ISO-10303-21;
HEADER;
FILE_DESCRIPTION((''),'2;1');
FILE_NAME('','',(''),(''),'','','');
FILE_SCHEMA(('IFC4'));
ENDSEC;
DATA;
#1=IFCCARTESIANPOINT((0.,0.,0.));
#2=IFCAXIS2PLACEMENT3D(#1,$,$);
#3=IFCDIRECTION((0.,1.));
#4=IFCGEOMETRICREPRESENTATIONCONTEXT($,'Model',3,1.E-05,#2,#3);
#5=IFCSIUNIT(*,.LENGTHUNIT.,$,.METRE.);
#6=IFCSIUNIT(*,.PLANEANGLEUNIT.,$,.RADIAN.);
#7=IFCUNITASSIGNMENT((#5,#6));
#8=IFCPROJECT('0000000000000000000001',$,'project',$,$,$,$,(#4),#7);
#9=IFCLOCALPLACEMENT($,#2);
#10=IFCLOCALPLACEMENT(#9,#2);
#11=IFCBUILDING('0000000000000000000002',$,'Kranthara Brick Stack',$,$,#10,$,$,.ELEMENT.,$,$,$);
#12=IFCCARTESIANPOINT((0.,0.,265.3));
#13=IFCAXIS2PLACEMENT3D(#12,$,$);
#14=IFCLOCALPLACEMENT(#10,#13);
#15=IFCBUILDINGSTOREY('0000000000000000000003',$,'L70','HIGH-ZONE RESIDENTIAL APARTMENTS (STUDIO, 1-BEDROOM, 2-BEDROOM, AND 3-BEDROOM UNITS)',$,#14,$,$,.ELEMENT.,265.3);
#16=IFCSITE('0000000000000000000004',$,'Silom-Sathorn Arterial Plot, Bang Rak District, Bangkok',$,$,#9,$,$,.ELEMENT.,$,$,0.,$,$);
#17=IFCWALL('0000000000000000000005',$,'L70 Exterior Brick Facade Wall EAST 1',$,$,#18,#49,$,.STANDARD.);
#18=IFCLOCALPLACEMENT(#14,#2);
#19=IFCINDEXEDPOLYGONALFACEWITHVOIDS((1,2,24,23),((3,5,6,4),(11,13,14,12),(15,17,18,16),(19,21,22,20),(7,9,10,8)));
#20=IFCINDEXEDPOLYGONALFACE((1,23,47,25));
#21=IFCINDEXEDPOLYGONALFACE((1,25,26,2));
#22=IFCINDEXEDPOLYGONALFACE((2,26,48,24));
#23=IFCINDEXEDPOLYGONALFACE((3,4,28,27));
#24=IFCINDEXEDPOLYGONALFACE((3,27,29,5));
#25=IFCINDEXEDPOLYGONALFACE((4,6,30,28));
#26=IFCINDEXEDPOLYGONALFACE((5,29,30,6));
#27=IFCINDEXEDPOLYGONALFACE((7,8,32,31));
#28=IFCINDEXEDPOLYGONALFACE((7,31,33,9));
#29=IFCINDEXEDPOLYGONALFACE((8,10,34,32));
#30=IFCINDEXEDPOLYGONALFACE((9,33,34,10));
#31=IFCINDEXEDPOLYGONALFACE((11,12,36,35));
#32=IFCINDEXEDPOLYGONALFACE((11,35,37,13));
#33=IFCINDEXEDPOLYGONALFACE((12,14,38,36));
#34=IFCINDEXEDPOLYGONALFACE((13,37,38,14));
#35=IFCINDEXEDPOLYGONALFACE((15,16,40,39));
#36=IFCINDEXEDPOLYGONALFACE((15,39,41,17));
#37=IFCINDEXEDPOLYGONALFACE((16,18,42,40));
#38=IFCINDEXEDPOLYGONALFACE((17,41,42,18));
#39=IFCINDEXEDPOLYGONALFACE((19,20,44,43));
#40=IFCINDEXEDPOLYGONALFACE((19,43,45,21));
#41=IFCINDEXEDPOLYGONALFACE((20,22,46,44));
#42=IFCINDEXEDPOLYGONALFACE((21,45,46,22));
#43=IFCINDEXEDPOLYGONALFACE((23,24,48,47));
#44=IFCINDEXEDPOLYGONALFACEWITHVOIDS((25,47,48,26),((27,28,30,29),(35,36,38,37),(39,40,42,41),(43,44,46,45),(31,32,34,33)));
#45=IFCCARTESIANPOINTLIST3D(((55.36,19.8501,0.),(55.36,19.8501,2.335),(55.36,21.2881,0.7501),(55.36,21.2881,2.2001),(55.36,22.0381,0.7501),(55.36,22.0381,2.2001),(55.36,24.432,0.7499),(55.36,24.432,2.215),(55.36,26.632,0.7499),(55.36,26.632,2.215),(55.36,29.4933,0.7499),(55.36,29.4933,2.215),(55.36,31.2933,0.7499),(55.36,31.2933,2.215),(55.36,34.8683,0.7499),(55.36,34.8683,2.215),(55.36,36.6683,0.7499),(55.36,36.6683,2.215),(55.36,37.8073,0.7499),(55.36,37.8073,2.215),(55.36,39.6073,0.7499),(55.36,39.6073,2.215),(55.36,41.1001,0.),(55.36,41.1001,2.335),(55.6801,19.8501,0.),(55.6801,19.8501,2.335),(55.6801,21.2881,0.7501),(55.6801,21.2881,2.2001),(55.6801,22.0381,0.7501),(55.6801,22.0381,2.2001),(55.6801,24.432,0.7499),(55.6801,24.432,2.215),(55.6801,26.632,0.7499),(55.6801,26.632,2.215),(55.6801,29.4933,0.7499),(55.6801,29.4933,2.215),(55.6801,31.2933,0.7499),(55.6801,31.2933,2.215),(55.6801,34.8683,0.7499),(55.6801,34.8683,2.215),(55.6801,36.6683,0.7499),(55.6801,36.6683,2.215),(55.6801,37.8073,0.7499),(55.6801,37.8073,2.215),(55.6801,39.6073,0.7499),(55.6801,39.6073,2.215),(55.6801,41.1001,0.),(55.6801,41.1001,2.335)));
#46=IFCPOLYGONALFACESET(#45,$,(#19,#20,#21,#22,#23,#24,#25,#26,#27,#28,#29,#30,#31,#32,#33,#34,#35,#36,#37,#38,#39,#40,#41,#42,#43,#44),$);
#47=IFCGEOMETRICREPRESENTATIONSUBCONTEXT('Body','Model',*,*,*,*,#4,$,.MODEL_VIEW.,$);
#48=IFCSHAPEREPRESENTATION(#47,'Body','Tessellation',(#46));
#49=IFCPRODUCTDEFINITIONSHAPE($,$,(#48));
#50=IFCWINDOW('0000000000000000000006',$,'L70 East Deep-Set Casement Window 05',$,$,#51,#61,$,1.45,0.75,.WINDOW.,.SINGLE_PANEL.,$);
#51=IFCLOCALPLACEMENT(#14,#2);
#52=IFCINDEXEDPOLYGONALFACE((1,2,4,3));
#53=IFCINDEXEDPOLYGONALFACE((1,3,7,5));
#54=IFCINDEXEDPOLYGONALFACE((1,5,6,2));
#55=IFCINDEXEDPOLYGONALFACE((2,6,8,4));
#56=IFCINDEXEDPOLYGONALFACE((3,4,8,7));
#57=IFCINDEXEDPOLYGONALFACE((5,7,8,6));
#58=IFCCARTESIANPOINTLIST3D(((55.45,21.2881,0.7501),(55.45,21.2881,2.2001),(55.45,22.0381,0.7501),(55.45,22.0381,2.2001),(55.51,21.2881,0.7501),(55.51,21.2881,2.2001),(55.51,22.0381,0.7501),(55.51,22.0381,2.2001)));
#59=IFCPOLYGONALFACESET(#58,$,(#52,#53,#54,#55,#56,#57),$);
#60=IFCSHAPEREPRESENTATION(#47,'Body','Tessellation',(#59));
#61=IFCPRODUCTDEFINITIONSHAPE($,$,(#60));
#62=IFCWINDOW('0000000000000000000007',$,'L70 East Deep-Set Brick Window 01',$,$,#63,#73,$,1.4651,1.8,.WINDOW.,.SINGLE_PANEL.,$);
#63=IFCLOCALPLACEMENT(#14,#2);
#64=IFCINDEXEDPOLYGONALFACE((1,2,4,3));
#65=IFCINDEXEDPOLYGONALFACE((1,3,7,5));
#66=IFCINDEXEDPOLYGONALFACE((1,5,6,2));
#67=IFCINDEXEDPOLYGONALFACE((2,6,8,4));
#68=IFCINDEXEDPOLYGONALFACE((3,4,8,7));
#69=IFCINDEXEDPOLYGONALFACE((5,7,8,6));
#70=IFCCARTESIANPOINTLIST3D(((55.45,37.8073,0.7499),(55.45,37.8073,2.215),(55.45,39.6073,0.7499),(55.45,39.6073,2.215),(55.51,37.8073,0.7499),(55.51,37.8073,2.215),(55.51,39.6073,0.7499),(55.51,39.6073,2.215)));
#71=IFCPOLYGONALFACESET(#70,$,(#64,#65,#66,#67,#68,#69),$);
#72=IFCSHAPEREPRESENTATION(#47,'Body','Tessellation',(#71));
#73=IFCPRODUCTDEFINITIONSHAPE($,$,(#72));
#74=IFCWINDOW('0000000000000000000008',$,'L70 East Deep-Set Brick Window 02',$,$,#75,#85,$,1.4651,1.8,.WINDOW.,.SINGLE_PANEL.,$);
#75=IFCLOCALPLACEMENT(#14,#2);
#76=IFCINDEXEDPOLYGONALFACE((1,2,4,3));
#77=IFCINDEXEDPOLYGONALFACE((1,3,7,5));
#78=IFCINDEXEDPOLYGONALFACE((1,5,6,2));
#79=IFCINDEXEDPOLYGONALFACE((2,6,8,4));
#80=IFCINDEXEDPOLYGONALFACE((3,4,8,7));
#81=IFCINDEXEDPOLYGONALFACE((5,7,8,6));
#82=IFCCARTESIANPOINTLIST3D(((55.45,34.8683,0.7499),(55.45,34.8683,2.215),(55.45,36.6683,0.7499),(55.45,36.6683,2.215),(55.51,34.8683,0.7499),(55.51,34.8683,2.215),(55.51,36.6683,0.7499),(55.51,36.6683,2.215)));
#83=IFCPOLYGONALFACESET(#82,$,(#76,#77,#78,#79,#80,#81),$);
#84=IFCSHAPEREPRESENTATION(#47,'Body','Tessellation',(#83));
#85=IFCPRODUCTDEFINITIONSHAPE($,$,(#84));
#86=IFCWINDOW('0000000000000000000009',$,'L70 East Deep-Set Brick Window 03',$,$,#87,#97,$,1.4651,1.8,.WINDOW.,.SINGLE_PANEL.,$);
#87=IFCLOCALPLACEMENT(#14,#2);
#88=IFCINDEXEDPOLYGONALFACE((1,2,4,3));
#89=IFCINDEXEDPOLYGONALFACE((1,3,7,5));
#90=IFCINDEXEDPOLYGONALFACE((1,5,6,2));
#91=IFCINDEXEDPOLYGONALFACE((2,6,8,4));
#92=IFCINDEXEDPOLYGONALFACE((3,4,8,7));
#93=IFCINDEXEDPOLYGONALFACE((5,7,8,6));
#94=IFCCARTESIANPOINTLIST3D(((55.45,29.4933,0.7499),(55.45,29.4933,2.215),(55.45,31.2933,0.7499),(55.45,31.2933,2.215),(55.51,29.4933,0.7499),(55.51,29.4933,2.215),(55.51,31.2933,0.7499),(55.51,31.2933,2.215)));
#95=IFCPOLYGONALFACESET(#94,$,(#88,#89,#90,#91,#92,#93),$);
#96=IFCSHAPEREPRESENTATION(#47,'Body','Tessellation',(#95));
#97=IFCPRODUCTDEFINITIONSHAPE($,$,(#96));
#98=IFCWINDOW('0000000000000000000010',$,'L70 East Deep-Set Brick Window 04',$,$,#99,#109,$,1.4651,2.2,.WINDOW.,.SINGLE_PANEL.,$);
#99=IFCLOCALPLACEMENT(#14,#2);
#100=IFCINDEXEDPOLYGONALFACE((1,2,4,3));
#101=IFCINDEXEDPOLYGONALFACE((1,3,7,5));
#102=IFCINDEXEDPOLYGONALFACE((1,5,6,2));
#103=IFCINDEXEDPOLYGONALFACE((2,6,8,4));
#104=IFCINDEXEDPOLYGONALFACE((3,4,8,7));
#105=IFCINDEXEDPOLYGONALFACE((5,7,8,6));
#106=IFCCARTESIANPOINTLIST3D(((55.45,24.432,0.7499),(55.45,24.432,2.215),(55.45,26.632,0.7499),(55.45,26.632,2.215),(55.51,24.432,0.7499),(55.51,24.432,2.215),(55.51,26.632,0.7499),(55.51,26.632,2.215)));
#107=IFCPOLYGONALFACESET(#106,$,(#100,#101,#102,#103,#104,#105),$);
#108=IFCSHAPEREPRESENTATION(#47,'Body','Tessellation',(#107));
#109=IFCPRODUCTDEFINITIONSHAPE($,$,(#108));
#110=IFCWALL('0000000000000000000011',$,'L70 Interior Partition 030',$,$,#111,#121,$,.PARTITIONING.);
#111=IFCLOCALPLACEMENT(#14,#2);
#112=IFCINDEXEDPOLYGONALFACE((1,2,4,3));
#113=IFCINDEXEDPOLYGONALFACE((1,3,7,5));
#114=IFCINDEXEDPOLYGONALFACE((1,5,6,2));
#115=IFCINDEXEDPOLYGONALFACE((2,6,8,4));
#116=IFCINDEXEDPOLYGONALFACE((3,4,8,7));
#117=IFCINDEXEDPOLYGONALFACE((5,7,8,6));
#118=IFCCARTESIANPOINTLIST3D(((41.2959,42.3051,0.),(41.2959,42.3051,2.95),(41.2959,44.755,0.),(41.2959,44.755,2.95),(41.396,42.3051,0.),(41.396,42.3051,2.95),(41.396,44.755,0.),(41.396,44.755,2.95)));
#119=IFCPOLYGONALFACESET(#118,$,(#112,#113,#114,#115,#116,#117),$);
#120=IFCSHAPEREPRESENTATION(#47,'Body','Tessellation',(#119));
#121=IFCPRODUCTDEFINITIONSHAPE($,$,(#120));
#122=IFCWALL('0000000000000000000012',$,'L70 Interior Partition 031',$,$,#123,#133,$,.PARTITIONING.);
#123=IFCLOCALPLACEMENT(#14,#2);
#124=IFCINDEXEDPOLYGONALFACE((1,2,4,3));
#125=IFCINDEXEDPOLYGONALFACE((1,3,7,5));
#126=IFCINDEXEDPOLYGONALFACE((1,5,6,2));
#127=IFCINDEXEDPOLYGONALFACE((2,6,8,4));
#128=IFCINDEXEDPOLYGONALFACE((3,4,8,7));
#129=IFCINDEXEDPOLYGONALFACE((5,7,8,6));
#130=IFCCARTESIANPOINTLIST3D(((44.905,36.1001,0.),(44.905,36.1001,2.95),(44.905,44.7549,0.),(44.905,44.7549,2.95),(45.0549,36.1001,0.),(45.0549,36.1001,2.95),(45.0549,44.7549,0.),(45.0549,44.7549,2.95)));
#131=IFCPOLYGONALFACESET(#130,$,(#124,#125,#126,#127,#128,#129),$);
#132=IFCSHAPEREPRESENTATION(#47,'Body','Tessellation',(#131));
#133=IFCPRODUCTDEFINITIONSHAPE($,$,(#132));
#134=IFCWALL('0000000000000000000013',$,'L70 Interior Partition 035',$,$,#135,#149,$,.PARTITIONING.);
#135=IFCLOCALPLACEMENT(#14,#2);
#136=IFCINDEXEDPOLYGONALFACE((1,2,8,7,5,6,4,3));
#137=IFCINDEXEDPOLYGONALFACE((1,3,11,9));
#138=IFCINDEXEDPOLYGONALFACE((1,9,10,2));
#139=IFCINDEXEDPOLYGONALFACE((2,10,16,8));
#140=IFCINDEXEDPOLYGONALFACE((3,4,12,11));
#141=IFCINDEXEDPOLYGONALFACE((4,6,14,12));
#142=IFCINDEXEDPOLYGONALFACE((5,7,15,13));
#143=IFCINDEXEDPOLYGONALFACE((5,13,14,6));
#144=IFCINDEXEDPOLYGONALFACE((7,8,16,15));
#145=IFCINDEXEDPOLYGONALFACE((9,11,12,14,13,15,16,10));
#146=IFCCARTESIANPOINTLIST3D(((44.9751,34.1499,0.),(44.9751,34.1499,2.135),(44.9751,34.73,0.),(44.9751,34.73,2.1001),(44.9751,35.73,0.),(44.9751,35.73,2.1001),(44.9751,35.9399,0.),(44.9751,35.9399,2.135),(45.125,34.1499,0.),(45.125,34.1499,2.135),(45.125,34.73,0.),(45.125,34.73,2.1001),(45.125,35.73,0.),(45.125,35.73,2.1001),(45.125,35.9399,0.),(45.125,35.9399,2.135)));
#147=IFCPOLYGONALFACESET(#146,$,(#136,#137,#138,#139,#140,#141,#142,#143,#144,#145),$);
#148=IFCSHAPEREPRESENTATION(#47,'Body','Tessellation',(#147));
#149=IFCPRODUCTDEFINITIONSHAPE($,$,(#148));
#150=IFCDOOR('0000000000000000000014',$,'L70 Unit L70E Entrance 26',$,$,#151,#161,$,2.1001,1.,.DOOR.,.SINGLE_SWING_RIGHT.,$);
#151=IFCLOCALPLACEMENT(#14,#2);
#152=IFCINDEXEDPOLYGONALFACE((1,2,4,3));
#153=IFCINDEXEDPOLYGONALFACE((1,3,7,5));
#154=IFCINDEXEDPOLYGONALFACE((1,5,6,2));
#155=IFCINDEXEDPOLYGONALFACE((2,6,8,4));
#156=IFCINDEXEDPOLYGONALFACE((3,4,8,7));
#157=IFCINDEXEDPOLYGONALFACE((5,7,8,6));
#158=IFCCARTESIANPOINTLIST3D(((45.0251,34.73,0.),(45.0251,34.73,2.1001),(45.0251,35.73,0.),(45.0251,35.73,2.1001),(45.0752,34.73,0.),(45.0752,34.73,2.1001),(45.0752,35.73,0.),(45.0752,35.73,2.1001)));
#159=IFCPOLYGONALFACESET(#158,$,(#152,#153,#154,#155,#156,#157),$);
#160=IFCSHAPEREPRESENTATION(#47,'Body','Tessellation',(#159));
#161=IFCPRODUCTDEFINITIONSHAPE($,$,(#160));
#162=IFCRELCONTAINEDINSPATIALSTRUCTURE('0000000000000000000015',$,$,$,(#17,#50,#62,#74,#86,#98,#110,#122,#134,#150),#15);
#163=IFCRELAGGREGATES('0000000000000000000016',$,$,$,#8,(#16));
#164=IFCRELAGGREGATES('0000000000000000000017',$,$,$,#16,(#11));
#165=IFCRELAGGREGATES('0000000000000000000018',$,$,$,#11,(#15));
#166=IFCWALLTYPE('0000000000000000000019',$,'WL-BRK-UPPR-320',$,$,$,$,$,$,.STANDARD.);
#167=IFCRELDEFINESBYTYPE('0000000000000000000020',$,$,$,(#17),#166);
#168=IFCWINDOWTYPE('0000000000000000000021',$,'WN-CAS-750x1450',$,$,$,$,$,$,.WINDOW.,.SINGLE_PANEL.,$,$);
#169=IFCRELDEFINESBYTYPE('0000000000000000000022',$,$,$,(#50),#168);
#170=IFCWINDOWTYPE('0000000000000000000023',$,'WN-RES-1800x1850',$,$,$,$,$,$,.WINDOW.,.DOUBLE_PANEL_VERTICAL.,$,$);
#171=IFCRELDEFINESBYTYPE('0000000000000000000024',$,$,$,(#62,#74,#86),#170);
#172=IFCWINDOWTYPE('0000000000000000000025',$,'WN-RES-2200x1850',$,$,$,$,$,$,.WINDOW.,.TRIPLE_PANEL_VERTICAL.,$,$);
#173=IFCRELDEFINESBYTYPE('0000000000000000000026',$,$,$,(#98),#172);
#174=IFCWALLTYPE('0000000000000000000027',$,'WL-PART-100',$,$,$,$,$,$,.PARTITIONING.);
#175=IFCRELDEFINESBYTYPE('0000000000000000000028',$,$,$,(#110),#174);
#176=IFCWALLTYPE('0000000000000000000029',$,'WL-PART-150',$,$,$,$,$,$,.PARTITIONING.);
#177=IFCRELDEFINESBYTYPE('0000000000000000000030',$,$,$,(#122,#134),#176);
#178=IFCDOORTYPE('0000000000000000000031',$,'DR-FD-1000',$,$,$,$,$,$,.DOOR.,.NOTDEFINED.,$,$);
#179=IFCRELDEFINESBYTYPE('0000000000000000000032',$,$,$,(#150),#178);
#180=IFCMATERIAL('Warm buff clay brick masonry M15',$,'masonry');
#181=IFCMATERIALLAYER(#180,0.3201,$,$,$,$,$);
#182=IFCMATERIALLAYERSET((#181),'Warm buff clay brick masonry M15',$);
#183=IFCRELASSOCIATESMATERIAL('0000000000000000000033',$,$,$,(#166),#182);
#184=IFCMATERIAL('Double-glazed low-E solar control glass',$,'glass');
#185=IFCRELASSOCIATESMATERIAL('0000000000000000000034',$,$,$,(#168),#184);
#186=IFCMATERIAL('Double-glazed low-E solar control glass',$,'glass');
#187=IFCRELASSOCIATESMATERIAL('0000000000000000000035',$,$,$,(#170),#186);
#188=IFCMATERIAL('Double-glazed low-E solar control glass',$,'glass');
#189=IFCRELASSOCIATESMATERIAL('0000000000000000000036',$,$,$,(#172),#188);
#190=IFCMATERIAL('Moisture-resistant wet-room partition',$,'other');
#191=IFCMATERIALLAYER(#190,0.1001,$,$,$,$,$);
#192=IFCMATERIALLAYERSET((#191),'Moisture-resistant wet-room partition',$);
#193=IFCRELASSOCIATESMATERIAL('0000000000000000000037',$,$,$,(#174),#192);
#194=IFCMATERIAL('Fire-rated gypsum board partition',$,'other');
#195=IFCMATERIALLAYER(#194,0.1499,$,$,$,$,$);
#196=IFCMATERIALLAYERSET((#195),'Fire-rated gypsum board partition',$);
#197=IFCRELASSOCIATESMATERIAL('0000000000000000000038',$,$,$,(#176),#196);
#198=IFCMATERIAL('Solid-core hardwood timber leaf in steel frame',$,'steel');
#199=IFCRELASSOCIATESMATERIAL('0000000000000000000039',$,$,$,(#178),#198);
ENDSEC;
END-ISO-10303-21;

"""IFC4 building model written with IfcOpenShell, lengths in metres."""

from ifc_helpers import new_model, si_unit, direction, frame, frame_2d, origin, place, context, subcontext, project, spatial, rectangle, extrude, material, layer, layer_set, type_object, element, fill, save


model = new_model("IFC4")

# Units and contexts
model_context = context("Model", 3, precision=1e-05, world=origin(), true_north=direction((0.0, 1.0)))
body_context = subcontext(model_context, "Body", "Model", "MODEL_VIEW")
ifc_project = project(units=[si_unit("LENGTHUNIT", "METRE"), si_unit("PLANEANGLEUNIT", "RADIAN")], contexts=[model_context])

# Site, building, storey
site_placement = place(None, origin())
site = spatial("IfcSite", under=ifc_project, at=site_placement, Name="Silom-Sathorn Arterial Plot, Bang Rak District, Bangkok", CompositionType="ELEMENT", RefElevation=0.0)
building_placement = place(site_placement, origin())
building = spatial("IfcBuilding", under=site, at=building_placement, Name="Kranthara Brick Stack", CompositionType="ELEMENT")
storey_placement = place(building_placement, frame((0.0, 0.0, 265.3)))
storey = spatial("IfcBuildingStorey", under=building, at=storey_placement, Name="L70", Description="HIGH-ZONE RESIDENTIAL APARTMENTS (STUDIO, 1-BEDROOM, 2-BEDROOM, AND 3-BEDROOM UNITS)", CompositionType="ELEMENT", Elevation=265.3)

# Shared definitions
ifc_material_1 = material(Name="Warm buff clay brick masonry M15", Category="masonry")
ifc_layer_1 = layer(ifc_material_1, 0.3201)
ifc_layer_set_1 = layer_set([ifc_layer_1], Name="Warm buff clay brick masonry M15")
wall_type_1 = type_object("IfcWallType", Name="WL-BRK-UPPR-320", PredefinedType="STANDARD", material=ifc_layer_set_1)

# Wall, openings, windows
wall_1_placement = place(storey_placement, frame((55.52, 41.1001, 0.0), z_axis=(0.0, 0.0, 1.0), x_axis=(0.0, -1.0, 0.0)))
wall_1 = element("IfcWall", 1, at=wall_1_placement, inside=storey, type_object=wall_type_1, Name="L70 Exterior Brick Facade Wall EAST 1", PredefinedType="STANDARD", context=body_context, shape_type="SweptSolid", body=[
    extrude(rectangle(XDim=21.25, YDim=0.3201, at=frame_2d((10.625, 0.0))), origin(), (0.0, 0.0, 1.0), 2.335),
])
opening_1_placement = place(wall_1_placement, frame((1.4929, 0.0, 0.75)))
opening_1 = element("IfcOpeningElement", 2, at=opening_1_placement, cuts=wall_1, PredefinedType="OPENING", context=body_context, shape_type="SweptSolid", body=[
    extrude(rectangle(XDim=1.8, YDim=1.4651, at=frame_2d((0.8999, 0.7324))), frame((0.0, 0.1699, 0.0), z_axis=(0.0, -1.0, 0.0), x_axis=(1.0, 0.0, 0.0)), (0.0, 0.0, 1.0), 0.3401),
])
opening_2_placement = place(wall_1_placement, frame((4.4319, 0.0, 0.75)))
opening_2 = element("IfcOpeningElement", 3, at=opening_2_placement, cuts=wall_1, PredefinedType="OPENING", context=body_context, shape_type="SweptSolid", body=[
    extrude(rectangle(XDim=1.8, YDim=1.4651, at=frame_2d((0.8999, 0.7324))), frame((0.0, 0.1699, 0.0), z_axis=(0.0, -1.0, 0.0), x_axis=(1.0, 0.0, 0.0)), (0.0, 0.0, 1.0), 0.3401),
])
opening_3_placement = place(wall_1_placement, frame((9.8069, 0.0, 0.75)))
opening_3 = element("IfcOpeningElement", 4, at=opening_3_placement, cuts=wall_1, PredefinedType="OPENING", context=body_context, shape_type="SweptSolid", body=[
    extrude(rectangle(XDim=1.8, YDim=1.4651, at=frame_2d((0.8999, 0.7324))), frame((0.0, 0.1699, 0.0), z_axis=(0.0, -1.0, 0.0), x_axis=(1.0, 0.0, 0.0)), (0.0, 0.0, 1.0), 0.3401),
])
opening_4_placement = place(wall_1_placement, frame((14.468, 0.0, 0.75)))
opening_4 = element("IfcOpeningElement", 5, at=opening_4_placement, cuts=wall_1, PredefinedType="OPENING", context=body_context, shape_type="SweptSolid", body=[
    extrude(rectangle(XDim=2.2, YDim=1.4651, at=frame_2d((1.1001, 0.7324))), frame((0.0, 0.1699, 0.0), z_axis=(0.0, -1.0, 0.0), x_axis=(1.0, 0.0, 0.0)), (0.0, 0.0, 1.0), 0.3401),
])
opening_5_placement = place(wall_1_placement, frame((19.062, 0.0, 0.75)))
opening_5 = element("IfcOpeningElement", 6, at=opening_5_placement, cuts=wall_1, PredefinedType="OPENING", context=body_context, shape_type="SweptSolid", body=[
    extrude(rectangle(XDim=0.75, YDim=1.45, at=frame_2d((0.375, 0.7251))), frame((0.0, 0.1699, 0.0), z_axis=(0.0, -1.0, 0.0), x_axis=(1.0, 0.0, 0.0)), (0.0, 0.0, 1.0), 0.3401),
])
ifc_material_2 = material(Name="Double-glazed low-E solar control glass", Category="glass")
window_type_1 = type_object("IfcWindowType", Name="WN-CAS-750x1450", PartitioningType="SINGLE_PANEL", PredefinedType="WINDOW", material=ifc_material_2)
window_1_placement = place(opening_5_placement, origin())
window_1 = element("IfcWindow", 7, at=window_1_placement, inside=storey, type_object=window_type_1, Name="L70 East Deep-Set Casement Window 05", OverallHeight=1.45, OverallWidth=0.75, PartitioningType="SINGLE_PANEL", PredefinedType="WINDOW", context=body_context, shape_type="SweptSolid", body=[
    extrude(rectangle(XDim=0.75, YDim=1.45, at=frame_2d((0.375, 0.7251))), frame((0.0, -0.01, 0.0), z_axis=(0.0, -1.0, 0.0), x_axis=(1.0, 0.0, 0.0)), (0.0, 0.0, 1.0), 0.0601),
])
fill(opening_5, window_1)
ifc_material_3 = material(Name="Double-glazed low-E solar control glass", Category="glass")
window_type_2 = type_object("IfcWindowType", Name="WN-RES-1800x1850", PartitioningType="DOUBLE_PANEL_VERTICAL", PredefinedType="WINDOW", material=ifc_material_3)
window_2_placement = place(opening_1_placement, origin())
window_2 = element("IfcWindow", 8, at=window_2_placement, inside=storey, type_object=window_type_2, Name="L70 East Deep-Set Brick Window 01", OverallHeight=1.4651, OverallWidth=1.8, PartitioningType="SINGLE_PANEL", PredefinedType="WINDOW", context=body_context, shape_type="SweptSolid", body=[
    extrude(rectangle(XDim=1.8, YDim=1.4651, at=frame_2d((0.8999, 0.7324))), frame((0.0, -0.01, 0.0), z_axis=(0.0, -1.0, 0.0), x_axis=(1.0, 0.0, 0.0)), (0.0, 0.0, 1.0), 0.0601),
])
fill(opening_1, window_2)
window_3_placement = place(opening_2_placement, origin())
window_3 = element("IfcWindow", 9, at=window_3_placement, inside=storey, type_object=window_type_2, Name="L70 East Deep-Set Brick Window 02", OverallHeight=1.4651, OverallWidth=1.8, PartitioningType="SINGLE_PANEL", PredefinedType="WINDOW", context=body_context, shape_type="SweptSolid", body=[
    extrude(rectangle(XDim=1.8, YDim=1.4651, at=frame_2d((0.8999, 0.7324))), frame((0.0, -0.01, 0.0), z_axis=(0.0, -1.0, 0.0), x_axis=(1.0, 0.0, 0.0)), (0.0, 0.0, 1.0), 0.0601),
])
fill(opening_2, window_3)
window_4_placement = place(opening_3_placement, origin())
window_4 = element("IfcWindow", 10, at=window_4_placement, inside=storey, type_object=window_type_2, Name="L70 East Deep-Set Brick Window 03", OverallHeight=1.4651, OverallWidth=1.8, PartitioningType="SINGLE_PANEL", PredefinedType="WINDOW", context=body_context, shape_type="SweptSolid", body=[
    extrude(rectangle(XDim=1.8, YDim=1.4651, at=frame_2d((0.8999, 0.7324))), frame((0.0, -0.01, 0.0), z_axis=(0.0, -1.0, 0.0), x_axis=(1.0, 0.0, 0.0)), (0.0, 0.0, 1.0), 0.0601),
])
fill(opening_3, window_4)
ifc_material_4 = material(Name="Double-glazed low-E solar control glass", Category="glass")
window_type_3 = type_object("IfcWindowType", Name="WN-RES-2200x1850", PartitioningType="TRIPLE_PANEL_VERTICAL", PredefinedType="WINDOW", material=ifc_material_4)
window_5_placement = place(opening_4_placement, origin())
window_5 = element("IfcWindow", 11, at=window_5_placement, inside=storey, type_object=window_type_3, Name="L70 East Deep-Set Brick Window 04", OverallHeight=1.4651, OverallWidth=2.2, PartitioningType="SINGLE_PANEL", PredefinedType="WINDOW", context=body_context, shape_type="SweptSolid", body=[
    extrude(rectangle(XDim=2.2, YDim=1.4651, at=frame_2d((1.1001, 0.7324))), frame((0.0, -0.01, 0.0), z_axis=(0.0, -1.0, 0.0), x_axis=(1.0, 0.0, 0.0)), (0.0, 0.0, 1.0), 0.0601),
])
fill(opening_4, window_5)

# Walls
ifc_material_5 = material(Name="Moisture-resistant wet-room partition", Category="other")
ifc_layer_2 = layer(ifc_material_5, 0.1001)
ifc_layer_set_2 = layer_set([ifc_layer_2], Name="Moisture-resistant wet-room partition")
wall_type_2 = type_object("IfcWallType", Name="WL-PART-100", PredefinedType="PARTITIONING", material=ifc_layer_set_2)
wall_2_placement = place(storey_placement, frame((41.3459, 42.3049, 0.0), z_axis=(0.0, 0.0, 1.0), x_axis=(0.0, 1.0, 0.0)))
element("IfcWall", 12, at=wall_2_placement, inside=storey, type_object=wall_type_2, Name="L70 Interior Partition 030", PredefinedType="PARTITIONING", context=body_context, shape_type="SweptSolid", body=[
    extrude(rectangle(XDim=2.45, YDim=0.1001, at=frame_2d((1.2251, 0.0))), origin(), (0.0, 0.0, 1.0), 2.95),
])
ifc_material_6 = material(Name="Fire-rated gypsum board partition", Category="other")
ifc_layer_3 = layer(ifc_material_6, 0.1499)
ifc_layer_set_3 = layer_set([ifc_layer_3], Name="Fire-rated gypsum board partition")
wall_type_3 = type_object("IfcWallType", Name="WL-PART-150", PredefinedType="PARTITIONING", material=ifc_layer_set_3)
wall_3_placement = place(storey_placement, frame((44.98, 36.1001, 0.0), z_axis=(0.0, 0.0, 1.0), x_axis=(0.0, 1.0, 0.0)))
element("IfcWall", 13, at=wall_3_placement, inside=storey, type_object=wall_type_3, Name="L70 Interior Partition 031", PredefinedType="PARTITIONING", context=body_context, shape_type="SweptSolid", body=[
    extrude(rectangle(XDim=8.6548, YDim=0.1499, at=frame_2d((4.3274, 0.0))), origin(), (0.0, 0.0, 1.0), 2.95),
])

# Wall, opening, door
wall_4_placement = place(storey_placement, frame((45.05, 34.1499, 0.0), z_axis=(0.0, 0.0, 1.0), x_axis=(0.0, 1.0, 0.0)))
wall_4 = element("IfcWall", 14, at=wall_4_placement, inside=storey, type_object=wall_type_3, Name="L70 Interior Partition 035", PredefinedType="PARTITIONING", context=body_context, shape_type="SweptSolid", body=[
    extrude(rectangle(XDim=1.79, YDim=0.1499, at=frame_2d((0.895, 0.0))), origin(), (0.0, 0.0, 1.0), 2.135),
])
opening_6_placement = place(wall_4_placement, frame((0.5801, 0.0, 0.0)))
opening_6 = element("IfcOpeningElement", 15, at=opening_6_placement, cuts=wall_4, PredefinedType="OPENING", context=body_context, shape_type="SweptSolid", body=[
    extrude(rectangle(XDim=1.0, YDim=2.1001, at=frame_2d((0.5, 1.05))), frame((0.0, 0.085, 0.0), z_axis=(0.0, -1.0, 0.0), x_axis=(1.0, 0.0, 0.0)), (0.0, 0.0, 1.0), 0.1699),
])
ifc_material_7 = material(Name="Solid-core hardwood timber leaf in steel frame", Category="steel")
door_type = type_object("IfcDoorType", Name="DR-FD-1000", OperationType="NOTDEFINED", PredefinedType="DOOR", material=ifc_material_7)
door_placement = place(opening_6_placement, origin())
door = element("IfcDoor", 16, at=door_placement, inside=storey, type_object=door_type, Name="L70 Unit L70E Entrance 26", OperationType="SINGLE_SWING_RIGHT", OverallHeight=2.1001, OverallWidth=1.0, PredefinedType="DOOR", context=body_context, shape_type="SweptSolid", body=[
    extrude(rectangle(XDim=1.0, YDim=2.1001, at=frame_2d((0.5, 1.05))), frame((0.0, 0.0249, 0.0), z_axis=(0.0, -1.0, 0.0), x_axis=(1.0, 0.0, 0.0)), (0.0, 0.0, 1.0), 0.05),
])
fill(opening_6, door)

save(model, "model.ifc")
